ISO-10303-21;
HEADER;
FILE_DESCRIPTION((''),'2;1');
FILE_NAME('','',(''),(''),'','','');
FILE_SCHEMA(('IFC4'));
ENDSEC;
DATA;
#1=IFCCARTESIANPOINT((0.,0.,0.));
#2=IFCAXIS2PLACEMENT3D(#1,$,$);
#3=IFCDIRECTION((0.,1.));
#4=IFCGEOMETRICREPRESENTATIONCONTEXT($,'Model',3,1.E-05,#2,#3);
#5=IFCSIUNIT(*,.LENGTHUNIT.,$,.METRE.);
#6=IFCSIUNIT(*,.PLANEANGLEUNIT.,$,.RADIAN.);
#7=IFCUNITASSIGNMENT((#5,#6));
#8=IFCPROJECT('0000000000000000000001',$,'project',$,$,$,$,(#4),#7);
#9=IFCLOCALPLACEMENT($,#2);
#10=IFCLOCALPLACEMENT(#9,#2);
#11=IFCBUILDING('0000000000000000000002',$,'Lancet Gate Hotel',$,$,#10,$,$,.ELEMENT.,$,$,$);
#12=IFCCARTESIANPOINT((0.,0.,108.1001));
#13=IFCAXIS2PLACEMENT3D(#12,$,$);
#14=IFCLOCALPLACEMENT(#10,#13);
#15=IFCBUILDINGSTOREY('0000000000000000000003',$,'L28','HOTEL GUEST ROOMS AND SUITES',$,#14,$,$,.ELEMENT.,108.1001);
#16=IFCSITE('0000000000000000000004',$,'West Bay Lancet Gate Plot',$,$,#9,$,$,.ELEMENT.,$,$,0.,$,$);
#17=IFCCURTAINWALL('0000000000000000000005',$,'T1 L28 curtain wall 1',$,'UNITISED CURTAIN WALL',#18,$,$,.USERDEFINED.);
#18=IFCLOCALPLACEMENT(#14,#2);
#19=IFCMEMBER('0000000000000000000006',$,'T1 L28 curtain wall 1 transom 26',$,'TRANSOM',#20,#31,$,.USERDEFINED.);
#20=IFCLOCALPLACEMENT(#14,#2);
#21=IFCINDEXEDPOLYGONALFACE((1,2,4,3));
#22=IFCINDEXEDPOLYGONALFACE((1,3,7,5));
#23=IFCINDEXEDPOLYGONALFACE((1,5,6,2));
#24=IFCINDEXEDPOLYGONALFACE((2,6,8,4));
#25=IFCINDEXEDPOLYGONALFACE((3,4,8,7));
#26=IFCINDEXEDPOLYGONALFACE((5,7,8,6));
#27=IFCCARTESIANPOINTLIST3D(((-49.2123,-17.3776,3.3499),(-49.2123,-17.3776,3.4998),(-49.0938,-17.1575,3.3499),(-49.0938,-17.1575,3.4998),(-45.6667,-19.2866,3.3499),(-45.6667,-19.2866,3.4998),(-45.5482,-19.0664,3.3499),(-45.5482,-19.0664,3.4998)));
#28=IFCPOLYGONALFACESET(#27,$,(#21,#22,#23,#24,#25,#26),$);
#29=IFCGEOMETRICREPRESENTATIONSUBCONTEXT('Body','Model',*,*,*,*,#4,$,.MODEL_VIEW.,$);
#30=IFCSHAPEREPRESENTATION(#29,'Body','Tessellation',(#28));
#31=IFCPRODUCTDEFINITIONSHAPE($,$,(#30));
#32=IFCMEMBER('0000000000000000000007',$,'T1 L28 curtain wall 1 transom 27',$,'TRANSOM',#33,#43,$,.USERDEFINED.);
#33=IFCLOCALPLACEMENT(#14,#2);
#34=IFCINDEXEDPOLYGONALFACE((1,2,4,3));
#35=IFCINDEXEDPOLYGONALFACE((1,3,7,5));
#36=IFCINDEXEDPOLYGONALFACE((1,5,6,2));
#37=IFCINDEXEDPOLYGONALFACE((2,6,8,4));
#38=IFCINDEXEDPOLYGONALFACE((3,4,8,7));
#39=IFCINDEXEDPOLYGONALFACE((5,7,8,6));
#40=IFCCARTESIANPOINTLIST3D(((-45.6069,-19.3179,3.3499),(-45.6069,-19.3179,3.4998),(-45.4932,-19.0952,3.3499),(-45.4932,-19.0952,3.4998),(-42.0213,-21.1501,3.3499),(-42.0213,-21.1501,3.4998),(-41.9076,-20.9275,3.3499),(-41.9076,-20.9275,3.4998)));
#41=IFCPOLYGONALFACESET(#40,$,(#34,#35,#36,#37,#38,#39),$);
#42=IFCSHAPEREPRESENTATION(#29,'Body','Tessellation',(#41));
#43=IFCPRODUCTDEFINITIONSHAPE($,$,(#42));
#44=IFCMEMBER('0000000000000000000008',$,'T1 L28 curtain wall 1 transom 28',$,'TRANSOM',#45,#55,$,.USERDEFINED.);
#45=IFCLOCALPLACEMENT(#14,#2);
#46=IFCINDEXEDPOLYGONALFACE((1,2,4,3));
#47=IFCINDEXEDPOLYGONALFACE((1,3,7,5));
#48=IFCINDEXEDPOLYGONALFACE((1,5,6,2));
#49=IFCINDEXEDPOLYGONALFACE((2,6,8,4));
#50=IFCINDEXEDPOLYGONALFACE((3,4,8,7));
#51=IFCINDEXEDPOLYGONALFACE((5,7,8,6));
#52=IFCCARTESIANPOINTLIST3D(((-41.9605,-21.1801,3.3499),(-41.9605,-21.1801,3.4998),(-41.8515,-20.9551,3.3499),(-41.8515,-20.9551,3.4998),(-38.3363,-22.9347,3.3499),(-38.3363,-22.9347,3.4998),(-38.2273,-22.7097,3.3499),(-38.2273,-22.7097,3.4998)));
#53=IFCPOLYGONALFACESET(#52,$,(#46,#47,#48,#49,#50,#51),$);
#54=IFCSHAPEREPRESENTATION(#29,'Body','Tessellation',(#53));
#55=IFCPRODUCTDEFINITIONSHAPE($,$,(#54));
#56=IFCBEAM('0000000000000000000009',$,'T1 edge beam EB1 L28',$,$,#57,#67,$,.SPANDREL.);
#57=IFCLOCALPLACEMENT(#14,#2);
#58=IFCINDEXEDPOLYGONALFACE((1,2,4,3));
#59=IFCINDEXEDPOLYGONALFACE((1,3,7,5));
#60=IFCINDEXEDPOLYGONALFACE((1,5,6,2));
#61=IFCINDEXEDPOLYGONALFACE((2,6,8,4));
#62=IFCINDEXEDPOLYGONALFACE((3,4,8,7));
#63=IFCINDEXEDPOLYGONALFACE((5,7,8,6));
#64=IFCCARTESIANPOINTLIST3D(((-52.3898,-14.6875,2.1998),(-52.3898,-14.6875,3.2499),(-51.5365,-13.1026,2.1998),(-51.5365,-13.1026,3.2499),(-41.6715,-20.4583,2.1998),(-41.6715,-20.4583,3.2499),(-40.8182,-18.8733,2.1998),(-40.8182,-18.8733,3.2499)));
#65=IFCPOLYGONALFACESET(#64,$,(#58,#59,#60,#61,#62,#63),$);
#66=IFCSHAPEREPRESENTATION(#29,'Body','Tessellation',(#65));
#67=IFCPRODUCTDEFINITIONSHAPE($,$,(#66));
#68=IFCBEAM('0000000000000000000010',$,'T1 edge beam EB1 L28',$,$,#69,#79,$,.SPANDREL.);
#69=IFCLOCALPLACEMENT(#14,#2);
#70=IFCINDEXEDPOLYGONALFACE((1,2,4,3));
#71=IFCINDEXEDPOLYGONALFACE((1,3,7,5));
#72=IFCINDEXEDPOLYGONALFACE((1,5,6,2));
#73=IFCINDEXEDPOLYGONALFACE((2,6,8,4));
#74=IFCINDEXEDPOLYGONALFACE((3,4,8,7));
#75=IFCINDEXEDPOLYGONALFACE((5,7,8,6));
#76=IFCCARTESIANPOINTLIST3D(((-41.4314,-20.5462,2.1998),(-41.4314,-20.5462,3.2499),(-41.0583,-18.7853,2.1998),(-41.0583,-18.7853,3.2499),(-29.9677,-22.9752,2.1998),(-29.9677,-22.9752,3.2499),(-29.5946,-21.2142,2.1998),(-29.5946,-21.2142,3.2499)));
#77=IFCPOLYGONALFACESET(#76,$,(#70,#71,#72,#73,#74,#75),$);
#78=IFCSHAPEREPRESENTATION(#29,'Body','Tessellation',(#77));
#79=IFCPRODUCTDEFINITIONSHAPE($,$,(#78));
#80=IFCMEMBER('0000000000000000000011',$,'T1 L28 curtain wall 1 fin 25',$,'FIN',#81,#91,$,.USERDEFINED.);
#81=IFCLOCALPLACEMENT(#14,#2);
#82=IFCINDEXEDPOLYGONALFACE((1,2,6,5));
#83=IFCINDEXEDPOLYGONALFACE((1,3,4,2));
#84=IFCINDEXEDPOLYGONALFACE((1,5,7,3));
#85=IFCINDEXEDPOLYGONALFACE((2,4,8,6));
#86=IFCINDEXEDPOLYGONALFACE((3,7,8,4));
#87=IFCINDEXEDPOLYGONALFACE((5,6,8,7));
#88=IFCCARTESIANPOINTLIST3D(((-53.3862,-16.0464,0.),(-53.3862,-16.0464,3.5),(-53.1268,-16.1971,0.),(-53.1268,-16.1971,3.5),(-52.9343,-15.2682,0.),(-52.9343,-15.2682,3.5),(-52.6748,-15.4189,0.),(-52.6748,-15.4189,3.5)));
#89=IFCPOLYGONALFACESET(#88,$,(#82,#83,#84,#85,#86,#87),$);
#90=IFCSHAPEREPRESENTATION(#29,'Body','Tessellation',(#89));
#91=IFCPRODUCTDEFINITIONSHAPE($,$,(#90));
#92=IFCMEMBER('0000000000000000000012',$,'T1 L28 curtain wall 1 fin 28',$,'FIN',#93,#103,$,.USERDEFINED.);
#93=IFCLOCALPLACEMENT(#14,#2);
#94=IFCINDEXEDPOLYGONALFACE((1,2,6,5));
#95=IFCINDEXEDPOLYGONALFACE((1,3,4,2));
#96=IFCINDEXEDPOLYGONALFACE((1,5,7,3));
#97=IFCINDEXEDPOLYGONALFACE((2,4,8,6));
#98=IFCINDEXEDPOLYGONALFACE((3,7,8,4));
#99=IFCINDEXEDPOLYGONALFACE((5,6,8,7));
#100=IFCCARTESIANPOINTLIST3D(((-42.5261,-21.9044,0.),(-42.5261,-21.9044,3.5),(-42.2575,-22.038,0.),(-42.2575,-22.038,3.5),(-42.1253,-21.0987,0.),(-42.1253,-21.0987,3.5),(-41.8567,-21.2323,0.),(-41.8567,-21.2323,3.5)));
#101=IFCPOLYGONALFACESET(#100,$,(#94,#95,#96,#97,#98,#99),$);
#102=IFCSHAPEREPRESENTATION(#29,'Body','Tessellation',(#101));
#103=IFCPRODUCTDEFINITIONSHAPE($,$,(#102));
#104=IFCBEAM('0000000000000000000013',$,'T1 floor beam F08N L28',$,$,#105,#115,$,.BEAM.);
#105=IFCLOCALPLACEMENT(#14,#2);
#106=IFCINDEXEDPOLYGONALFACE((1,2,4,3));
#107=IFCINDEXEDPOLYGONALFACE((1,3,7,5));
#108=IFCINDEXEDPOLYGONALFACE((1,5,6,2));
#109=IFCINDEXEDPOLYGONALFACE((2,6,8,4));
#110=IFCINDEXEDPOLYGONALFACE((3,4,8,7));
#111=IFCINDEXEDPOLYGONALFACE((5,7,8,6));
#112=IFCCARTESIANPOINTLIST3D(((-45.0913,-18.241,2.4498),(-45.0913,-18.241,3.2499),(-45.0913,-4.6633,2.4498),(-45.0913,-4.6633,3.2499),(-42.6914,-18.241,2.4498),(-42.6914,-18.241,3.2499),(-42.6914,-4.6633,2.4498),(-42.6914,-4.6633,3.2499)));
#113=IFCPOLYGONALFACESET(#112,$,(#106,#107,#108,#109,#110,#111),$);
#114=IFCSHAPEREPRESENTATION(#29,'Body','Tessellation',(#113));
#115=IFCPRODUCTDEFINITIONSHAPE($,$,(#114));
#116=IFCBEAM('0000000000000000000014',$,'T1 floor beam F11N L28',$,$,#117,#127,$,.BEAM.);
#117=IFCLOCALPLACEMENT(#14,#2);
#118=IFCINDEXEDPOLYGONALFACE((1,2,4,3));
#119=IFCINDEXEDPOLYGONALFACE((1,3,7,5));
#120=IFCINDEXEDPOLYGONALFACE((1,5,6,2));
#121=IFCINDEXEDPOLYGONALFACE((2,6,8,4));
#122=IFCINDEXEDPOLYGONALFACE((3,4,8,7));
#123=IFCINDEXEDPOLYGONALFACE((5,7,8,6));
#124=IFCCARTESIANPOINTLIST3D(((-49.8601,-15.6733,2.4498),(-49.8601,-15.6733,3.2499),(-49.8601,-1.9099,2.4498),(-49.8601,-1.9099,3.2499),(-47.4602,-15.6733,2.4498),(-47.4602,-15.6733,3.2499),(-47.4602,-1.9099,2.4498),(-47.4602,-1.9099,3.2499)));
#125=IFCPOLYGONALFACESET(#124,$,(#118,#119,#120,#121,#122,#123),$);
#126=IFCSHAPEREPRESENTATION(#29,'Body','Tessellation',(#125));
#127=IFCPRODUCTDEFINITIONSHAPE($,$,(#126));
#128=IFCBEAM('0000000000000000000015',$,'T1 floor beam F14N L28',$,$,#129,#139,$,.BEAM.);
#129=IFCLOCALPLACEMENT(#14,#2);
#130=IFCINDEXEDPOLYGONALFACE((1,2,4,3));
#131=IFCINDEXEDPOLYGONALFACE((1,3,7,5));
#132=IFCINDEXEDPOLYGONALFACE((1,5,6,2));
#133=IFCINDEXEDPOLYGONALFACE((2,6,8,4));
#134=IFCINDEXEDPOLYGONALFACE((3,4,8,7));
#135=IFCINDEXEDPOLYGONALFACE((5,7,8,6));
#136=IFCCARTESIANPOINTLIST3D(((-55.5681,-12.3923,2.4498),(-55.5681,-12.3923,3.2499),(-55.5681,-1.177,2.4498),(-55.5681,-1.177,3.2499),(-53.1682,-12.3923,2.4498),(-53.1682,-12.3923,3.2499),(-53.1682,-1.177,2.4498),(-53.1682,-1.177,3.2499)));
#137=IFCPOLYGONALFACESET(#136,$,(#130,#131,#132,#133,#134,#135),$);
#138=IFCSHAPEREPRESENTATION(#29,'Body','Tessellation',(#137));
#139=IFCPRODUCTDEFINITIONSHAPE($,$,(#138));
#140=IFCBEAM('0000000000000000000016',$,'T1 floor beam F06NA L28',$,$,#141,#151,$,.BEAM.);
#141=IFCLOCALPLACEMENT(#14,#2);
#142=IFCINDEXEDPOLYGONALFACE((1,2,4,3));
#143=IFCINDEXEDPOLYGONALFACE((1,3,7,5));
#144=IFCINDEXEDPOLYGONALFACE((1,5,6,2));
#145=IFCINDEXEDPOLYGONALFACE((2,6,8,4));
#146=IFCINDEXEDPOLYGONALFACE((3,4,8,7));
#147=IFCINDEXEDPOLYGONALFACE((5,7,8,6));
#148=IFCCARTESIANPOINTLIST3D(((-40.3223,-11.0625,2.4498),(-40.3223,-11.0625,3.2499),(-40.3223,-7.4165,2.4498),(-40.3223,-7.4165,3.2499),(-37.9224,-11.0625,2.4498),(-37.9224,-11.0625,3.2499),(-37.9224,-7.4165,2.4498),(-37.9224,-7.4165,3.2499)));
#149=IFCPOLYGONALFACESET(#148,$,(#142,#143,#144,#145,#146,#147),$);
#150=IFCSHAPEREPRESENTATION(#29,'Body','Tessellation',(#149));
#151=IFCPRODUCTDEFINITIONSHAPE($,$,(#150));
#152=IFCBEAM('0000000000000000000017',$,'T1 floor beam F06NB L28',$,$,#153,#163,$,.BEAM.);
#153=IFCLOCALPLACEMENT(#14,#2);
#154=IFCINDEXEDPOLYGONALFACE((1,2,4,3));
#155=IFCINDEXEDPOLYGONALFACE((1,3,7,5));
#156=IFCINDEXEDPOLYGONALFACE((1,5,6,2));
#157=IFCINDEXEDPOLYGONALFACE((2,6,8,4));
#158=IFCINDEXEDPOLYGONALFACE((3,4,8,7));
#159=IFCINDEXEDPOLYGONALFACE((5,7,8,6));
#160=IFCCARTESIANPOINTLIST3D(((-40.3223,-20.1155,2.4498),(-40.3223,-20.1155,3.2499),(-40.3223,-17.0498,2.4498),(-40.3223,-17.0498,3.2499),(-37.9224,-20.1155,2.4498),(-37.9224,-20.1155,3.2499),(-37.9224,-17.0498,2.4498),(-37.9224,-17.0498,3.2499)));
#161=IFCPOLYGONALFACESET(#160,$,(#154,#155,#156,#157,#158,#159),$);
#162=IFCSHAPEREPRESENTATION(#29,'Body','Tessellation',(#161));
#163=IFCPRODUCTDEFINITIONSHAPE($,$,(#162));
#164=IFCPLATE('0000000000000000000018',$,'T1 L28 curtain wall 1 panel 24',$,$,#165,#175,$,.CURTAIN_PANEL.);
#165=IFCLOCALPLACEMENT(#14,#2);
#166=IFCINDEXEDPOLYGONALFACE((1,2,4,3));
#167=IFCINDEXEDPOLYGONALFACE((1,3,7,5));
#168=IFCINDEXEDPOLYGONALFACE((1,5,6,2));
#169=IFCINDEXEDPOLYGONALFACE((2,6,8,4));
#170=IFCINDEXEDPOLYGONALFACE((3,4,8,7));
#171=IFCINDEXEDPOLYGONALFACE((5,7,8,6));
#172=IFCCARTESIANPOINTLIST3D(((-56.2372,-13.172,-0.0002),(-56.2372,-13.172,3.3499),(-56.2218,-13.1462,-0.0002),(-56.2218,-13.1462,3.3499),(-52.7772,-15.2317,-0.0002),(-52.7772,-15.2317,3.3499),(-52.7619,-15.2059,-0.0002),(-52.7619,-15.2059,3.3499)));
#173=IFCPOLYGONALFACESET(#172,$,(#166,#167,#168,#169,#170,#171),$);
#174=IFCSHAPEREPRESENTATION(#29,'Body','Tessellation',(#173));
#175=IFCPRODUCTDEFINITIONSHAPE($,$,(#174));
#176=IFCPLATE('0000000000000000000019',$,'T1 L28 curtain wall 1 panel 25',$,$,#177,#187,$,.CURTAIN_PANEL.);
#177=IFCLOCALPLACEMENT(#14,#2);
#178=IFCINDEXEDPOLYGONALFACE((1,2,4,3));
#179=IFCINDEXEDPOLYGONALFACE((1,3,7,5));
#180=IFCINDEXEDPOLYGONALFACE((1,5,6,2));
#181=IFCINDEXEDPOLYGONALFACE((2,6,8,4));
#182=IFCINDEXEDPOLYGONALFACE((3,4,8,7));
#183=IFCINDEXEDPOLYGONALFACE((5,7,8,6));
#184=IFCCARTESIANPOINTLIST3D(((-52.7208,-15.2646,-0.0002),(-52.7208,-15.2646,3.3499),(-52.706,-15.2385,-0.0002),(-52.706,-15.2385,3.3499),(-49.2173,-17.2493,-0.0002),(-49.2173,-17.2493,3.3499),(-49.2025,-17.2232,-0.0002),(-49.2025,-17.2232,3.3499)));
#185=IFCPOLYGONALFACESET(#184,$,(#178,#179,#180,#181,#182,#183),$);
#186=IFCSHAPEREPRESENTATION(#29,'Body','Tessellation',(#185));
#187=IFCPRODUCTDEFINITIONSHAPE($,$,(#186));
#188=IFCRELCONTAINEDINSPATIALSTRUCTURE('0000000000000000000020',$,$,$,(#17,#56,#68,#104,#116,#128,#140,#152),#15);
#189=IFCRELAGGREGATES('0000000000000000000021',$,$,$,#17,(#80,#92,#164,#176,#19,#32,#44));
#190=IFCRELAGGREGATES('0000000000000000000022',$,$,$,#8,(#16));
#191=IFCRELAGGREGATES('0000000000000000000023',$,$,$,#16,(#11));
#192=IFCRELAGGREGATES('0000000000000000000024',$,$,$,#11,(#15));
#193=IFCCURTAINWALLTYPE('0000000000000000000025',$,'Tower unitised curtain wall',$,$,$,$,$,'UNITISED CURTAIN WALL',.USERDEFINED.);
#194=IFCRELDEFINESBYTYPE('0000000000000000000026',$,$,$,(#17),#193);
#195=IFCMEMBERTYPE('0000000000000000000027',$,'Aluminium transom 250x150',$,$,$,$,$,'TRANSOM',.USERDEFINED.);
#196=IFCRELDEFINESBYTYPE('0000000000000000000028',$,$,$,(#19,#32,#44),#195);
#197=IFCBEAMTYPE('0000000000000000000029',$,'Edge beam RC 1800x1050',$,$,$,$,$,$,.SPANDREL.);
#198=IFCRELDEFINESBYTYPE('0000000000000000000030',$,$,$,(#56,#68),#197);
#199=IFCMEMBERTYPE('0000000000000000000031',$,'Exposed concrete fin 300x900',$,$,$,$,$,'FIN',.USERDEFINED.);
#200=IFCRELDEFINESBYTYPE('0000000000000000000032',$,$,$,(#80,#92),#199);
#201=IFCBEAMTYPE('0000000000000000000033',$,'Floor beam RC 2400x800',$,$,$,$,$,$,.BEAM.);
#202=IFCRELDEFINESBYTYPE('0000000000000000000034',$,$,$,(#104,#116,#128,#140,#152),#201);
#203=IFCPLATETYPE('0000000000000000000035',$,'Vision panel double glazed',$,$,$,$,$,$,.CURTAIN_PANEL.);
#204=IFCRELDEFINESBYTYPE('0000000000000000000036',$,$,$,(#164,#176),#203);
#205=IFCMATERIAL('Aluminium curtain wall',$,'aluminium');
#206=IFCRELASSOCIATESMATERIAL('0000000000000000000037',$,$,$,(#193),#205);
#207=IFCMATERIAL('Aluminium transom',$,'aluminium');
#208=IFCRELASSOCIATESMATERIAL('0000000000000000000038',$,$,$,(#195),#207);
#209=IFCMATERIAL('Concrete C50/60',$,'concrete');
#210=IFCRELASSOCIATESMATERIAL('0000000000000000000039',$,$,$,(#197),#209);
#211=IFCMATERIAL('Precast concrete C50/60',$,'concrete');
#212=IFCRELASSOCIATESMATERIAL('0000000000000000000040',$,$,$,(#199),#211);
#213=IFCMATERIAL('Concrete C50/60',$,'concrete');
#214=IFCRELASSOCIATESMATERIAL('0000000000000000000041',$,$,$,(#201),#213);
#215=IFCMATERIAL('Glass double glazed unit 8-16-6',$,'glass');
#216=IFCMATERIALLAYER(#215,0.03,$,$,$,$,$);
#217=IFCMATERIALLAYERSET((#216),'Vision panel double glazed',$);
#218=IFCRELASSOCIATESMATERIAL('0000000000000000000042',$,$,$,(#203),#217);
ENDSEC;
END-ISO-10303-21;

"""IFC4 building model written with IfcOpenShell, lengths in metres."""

from ifc_helpers import new_model, si_unit, direction, frame, origin, origin_2d, place, context, subcontext, project, spatial, rectangle, extrude, material, layer, layer_set, material_profile, profile_set, type_object, element, aggregate, save


model = new_model("IFC4")

# Units and contexts
model_context = context("Model", 3, precision=1e-05, world=origin(), true_north=direction((0.0, 1.0)))
body_context = subcontext(model_context, "Body", "Model", "MODEL_VIEW")
ifc_project = project(units=[si_unit("LENGTHUNIT", "METRE"), si_unit("PLANEANGLEUNIT", "RADIAN")], contexts=[model_context])

# Site, building, storey
site_placement = place(None, origin())
site = spatial("IfcSite", under=ifc_project, at=site_placement, Name="West Bay Lancet Gate Plot", CompositionType="ELEMENT", RefElevation=0.0)
building_placement = place(site_placement, origin())
building = spatial("IfcBuilding", under=site, at=building_placement, Name="Lancet Gate Hotel", CompositionType="ELEMENT")
storey_placement = place(building_placement, frame((0.0, 0.0, 108.1001)))
storey = spatial("IfcBuildingStorey", under=building, at=storey_placement, Name="L28", Description="HOTEL GUEST ROOMS AND SUITES", CompositionType="ELEMENT", Elevation=108.1001)

# Curtain wall, members
ifc_material_1 = material(Name="Aluminium curtain wall", Category="aluminium")
curtain_wall_type = type_object("IfcCurtainWallType", Name="Tower unitised curtain wall", ElementType="UNITISED CURTAIN WALL", PredefinedType="USERDEFINED", material=ifc_material_1)
curtain_wall_placement = place(storey_placement, origin())
curtain_wall = element("IfcCurtainWall", 1, at=curtain_wall_placement, inside=storey, type_object=curtain_wall_type, Name="T1 L28 curtain wall 1", ObjectType="UNITISED CURTAIN WALL", PredefinedType="USERDEFINED")
ifc_material_2 = material(Name="Aluminium transom", Category="aluminium")
ifc_material_profile_1 = material_profile(ifc_material_2, rectangle(XDim=0.25, YDim=0.1499, at=origin_2d()), Name="TRANSOM 250x150")
ifc_profile_set_1 = profile_set([ifc_material_profile_1], Name="Aluminium transom")
member_type_1 = type_object("IfcMemberType", Name="Aluminium transom 250x150", ElementType="TRANSOM", PredefinedType="USERDEFINED", material=ifc_profile_set_1)
member_1_placement = place(storey_placement, frame((-49.1531, -17.2676, 3.4248), z_axis=(0.880498, -0.474049, 0.0), x_axis=(0.474049, 0.880498, 0.0)))
member_1 = element("IfcMember", 2, at=member_1_placement, type_object=member_type_1, Name="T1 L28 curtain wall 1 transom 26", ObjectType="TRANSOM", PredefinedType="USERDEFINED", context=body_context, shape_type="SweptSolid", body=[
    extrude(rectangle(XDim=0.25, YDim=0.1499, at=origin_2d()), origin(), (0.0, 0.0, 1.0), 4.0269),
])
member_2_placement = place(storey_placement, frame((-45.55, -19.2065, 3.4248), z_axis=(0.890476, -0.45503, 0.0), x_axis=(0.45503, 0.890476, 0.0)))
member_2 = element("IfcMember", 3, at=member_2_placement, type_object=member_type_1, Name="T1 L28 curtain wall 1 transom 27", ObjectType="TRANSOM", PredefinedType="USERDEFINED", context=body_context, shape_type="SweptSolid", body=[
    extrude(rectangle(XDim=0.25, YDim=0.1499, at=origin_2d()), origin(), (0.0, 0.0, 1.0), 4.0266),
])
member_3_placement = place(storey_placement, frame((-41.906, -21.0676, 3.4248), z_axis=(0.900066, -0.435754, 0.0), x_axis=(0.435754, 0.900066, 0.0)))
member_3 = element("IfcMember", 4, at=member_3_placement, type_object=member_type_1, Name="T1 L28 curtain wall 1 transom 28", ObjectType="TRANSOM", PredefinedType="USERDEFINED", context=body_context, shape_type="SweptSolid", body=[
    extrude(rectangle(XDim=0.25, YDim=0.1499, at=origin_2d()), origin(), (0.0, 0.0, 1.0), 4.0266),
])

# Beams
ifc_material_3 = material(Name="Concrete C50/60", Category="concrete")
ifc_material_profile_2 = material_profile(ifc_material_3, rectangle(XDim=1.8, YDim=1.05, at=origin_2d()), Name="RC 1800x1050")
ifc_profile_set_2 = profile_set([ifc_material_profile_2], Name="Concrete C50/60")
beam_type_1 = type_object("IfcBeamType", Name="Edge beam RC 1800x1050", PredefinedType="SPANDREL", material=ifc_profile_set_2)
beam_1_placement = place(storey_placement, frame((-51.9631, -13.895, 2.7249), z_axis=(0.880492, -0.47406, 0.0), x_axis=(0.47406, 0.880492, 0.0)))
element("IfcBeam", 5, at=beam_1_placement, inside=storey, type_object=beam_type_1, Name="T1 edge beam EB1 L28", PredefinedType="SPANDREL", context=body_context, shape_type="SweptSolid", body=[
    extrude(rectangle(XDim=1.8, YDim=1.05, at=origin_2d()), origin(), (0.0, 0.0, 1.0), 12.1731),
])
beam_2_placement = place(storey_placement, frame((-41.2449, -19.6658, 2.7249), z_axis=(0.978282, -0.207278, 0.0), x_axis=(0.207278, 0.978282, 0.0)))
element("IfcBeam", 6, at=beam_2_placement, inside=storey, type_object=beam_type_1, Name="T1 edge beam EB1 L28", PredefinedType="SPANDREL", context=body_context, shape_type="SweptSolid", body=[
    extrude(rectangle(XDim=1.8, YDim=1.05, at=origin_2d()), origin(), (0.0, 0.0, 1.0), 11.7183),
])

# Members
ifc_material_4 = material(Name="Precast concrete C50/60", Category="concrete")
ifc_material_profile_3 = material_profile(ifc_material_4, rectangle(XDim=0.3, YDim=0.8999, at=origin_2d()), Name="FIN 300x900")
ifc_profile_set_3 = profile_set([ifc_material_profile_3], Name="Precast concrete C50/60")
member_type_2 = type_object("IfcMemberType", Name="Exposed concrete fin 300x900", ElementType="FIN", PredefinedType="USERDEFINED", material=ifc_profile_set_3)
member_4_placement = place(storey_placement, frame((-53.0305, -15.7327, 0.0), z_axis=(0.0, 0.0, 1.0), x_axis=(0.864728, -0.502241, 0.0)))
member_4 = element("IfcMember", 7, at=member_4_placement, type_object=member_type_2, Name="T1 L28 curtain wall 1 fin 25", ObjectType="FIN", PredefinedType="USERDEFINED", context=body_context, shape_type="SweptSolid", body=[
    extrude(rectangle(XDim=0.3, YDim=0.8999, at=origin_2d()), origin(), (0.0, 0.0, 1.0), 3.5),
])
member_5_placement = place(storey_placement, frame((-42.1914, -21.5684, 0.0), z_axis=(0.0, 0.0, 1.0), x_axis=(0.895339, -0.445384, 0.0)))
member_5 = element("IfcMember", 8, at=member_5_placement, type_object=member_type_2, Name="T1 L28 curtain wall 1 fin 28", ObjectType="FIN", PredefinedType="USERDEFINED", context=body_context, shape_type="SweptSolid", body=[
    extrude(rectangle(XDim=0.3, YDim=0.8999, at=origin_2d()), origin(), (0.0, 0.0, 1.0), 3.5),
])

# Beams
ifc_material_5 = material(Name="Concrete C50/60", Category="concrete")
ifc_material_profile_4 = material_profile(ifc_material_5, rectangle(XDim=2.3999, YDim=0.8, at=origin_2d()), Name="RC 2400x800")
ifc_profile_set_4 = profile_set([ifc_material_profile_4], Name="Concrete C50/60")
beam_type_2 = type_object("IfcBeamType", Name="Floor beam RC 2400x800", PredefinedType="BEAM", material=ifc_profile_set_4)
beam_3_placement = place(storey_placement, frame((-43.8914, -4.6633, 2.8499), z_axis=(0.0, -1.0, 0.0), x_axis=(1.0, 0.0, 0.0)))
element("IfcBeam", 9, at=beam_3_placement, inside=storey, type_object=beam_type_2, Name="T1 floor beam F08N L28", PredefinedType="BEAM", context=body_context, shape_type="SweptSolid", body=[
    extrude(rectangle(XDim=2.3999, YDim=0.8, at=origin_2d()), origin(), (0.0, 0.0, 1.0), 13.5776),
])
beam_4_placement = place(storey_placement, frame((-48.6602, -1.9099, 2.8499), z_axis=(0.0, -1.0, 0.0), x_axis=(1.0, 0.0, 0.0)))
element("IfcBeam", 10, at=beam_4_placement, inside=storey, type_object=beam_type_2, Name="T1 floor beam F11N L28", PredefinedType="BEAM", context=body_context, shape_type="SweptSolid", body=[
    extrude(rectangle(XDim=2.3999, YDim=0.8, at=origin_2d()), origin(), (0.0, 0.0, 1.0), 13.7634),
])
beam_5_placement = place(storey_placement, frame((-54.3682, -1.177, 2.8499), z_axis=(0.0, -1.0, 0.0), x_axis=(1.0, 0.0, 0.0)))
element("IfcBeam", 11, at=beam_5_placement, inside=storey, type_object=beam_type_2, Name="T1 floor beam F14N L28", PredefinedType="BEAM", context=body_context, shape_type="SweptSolid", body=[
    extrude(rectangle(XDim=2.3999, YDim=0.8, at=origin_2d()), origin(), (0.0, 0.0, 1.0), 11.2153),
])
beam_6_placement = place(storey_placement, frame((-39.1223, -7.4165, 2.8499), z_axis=(0.0, -1.0, 0.0), x_axis=(1.0, 0.0, 0.0)))
element("IfcBeam", 12, at=beam_6_placement, inside=storey, type_object=beam_type_2, Name="T1 floor beam F06NA L28", PredefinedType="BEAM", context=body_context, shape_type="SweptSolid", body=[
    extrude(rectangle(XDim=2.3999, YDim=0.8, at=origin_2d()), origin(), (0.0, 0.0, 1.0), 3.646),
])
beam_7_placement = place(storey_placement, frame((-39.1223, -17.0498, 2.8499), z_axis=(0.0, -1.0, 0.0), x_axis=(1.0, 0.0, 0.0)))
element("IfcBeam", 13, at=beam_7_placement, inside=storey, type_object=beam_type_2, Name="T1 floor beam F06NB L28", PredefinedType="BEAM", context=body_context, shape_type="SweptSolid", body=[
    extrude(rectangle(XDim=2.3999, YDim=0.8, at=origin_2d()), origin(), (0.0, 0.0, 1.0), 3.0657),
])

# Plates
ifc_material_6 = material(Name="Glass double glazed unit 8-16-6", Category="glass")
ifc_layer_1 = layer(ifc_material_6, 0.03)
ifc_layer_set_1 = layer_set([ifc_layer_1], Name="Vision panel double glazed")
plate_type = type_object("IfcPlateType", Name="Vision panel double glazed", PredefinedType="CURTAIN_PANEL", material=ifc_layer_set_1)
plate_1_placement = place(storey_placement, frame((-54.4995, -14.189, -0.0002), z_axis=(0.0, 0.0, 1.0), x_axis=(0.859271, -0.51152, 0.0)))
plate_1 = element("IfcPlate", 14, at=plate_1_placement, type_object=plate_type, Name="T1 L28 curtain wall 1 panel 24", PredefinedType="CURTAIN_PANEL", context=body_context, shape_type="SweptSolid", body=[
    extrude(rectangle(XDim=4.0266, YDim=0.03, at=origin_2d()), origin(), (0.0, 0.0, 1.0), 3.3501),
])
plate_2_placement = place(storey_placement, frame((-50.9617, -16.2439, -0.0002), z_axis=(0.0, 0.0, 1.0), x_axis=(0.870084, -0.492904, 0.0)))
plate_2 = element("IfcPlate", 15, at=plate_2_placement, type_object=plate_type, Name="T1 L28 curtain wall 1 panel 25", PredefinedType="CURTAIN_PANEL", context=body_context, shape_type="SweptSolid", body=[
    extrude(rectangle(XDim=4.0266, YDim=0.03, at=origin_2d()), origin(), (0.0, 0.0, 1.0), 3.3501),
])
aggregate(curtain_wall, [member_4, member_5, plate_1, plate_2, member_1, member_2, member_3])

save(model, "model.ifc")
